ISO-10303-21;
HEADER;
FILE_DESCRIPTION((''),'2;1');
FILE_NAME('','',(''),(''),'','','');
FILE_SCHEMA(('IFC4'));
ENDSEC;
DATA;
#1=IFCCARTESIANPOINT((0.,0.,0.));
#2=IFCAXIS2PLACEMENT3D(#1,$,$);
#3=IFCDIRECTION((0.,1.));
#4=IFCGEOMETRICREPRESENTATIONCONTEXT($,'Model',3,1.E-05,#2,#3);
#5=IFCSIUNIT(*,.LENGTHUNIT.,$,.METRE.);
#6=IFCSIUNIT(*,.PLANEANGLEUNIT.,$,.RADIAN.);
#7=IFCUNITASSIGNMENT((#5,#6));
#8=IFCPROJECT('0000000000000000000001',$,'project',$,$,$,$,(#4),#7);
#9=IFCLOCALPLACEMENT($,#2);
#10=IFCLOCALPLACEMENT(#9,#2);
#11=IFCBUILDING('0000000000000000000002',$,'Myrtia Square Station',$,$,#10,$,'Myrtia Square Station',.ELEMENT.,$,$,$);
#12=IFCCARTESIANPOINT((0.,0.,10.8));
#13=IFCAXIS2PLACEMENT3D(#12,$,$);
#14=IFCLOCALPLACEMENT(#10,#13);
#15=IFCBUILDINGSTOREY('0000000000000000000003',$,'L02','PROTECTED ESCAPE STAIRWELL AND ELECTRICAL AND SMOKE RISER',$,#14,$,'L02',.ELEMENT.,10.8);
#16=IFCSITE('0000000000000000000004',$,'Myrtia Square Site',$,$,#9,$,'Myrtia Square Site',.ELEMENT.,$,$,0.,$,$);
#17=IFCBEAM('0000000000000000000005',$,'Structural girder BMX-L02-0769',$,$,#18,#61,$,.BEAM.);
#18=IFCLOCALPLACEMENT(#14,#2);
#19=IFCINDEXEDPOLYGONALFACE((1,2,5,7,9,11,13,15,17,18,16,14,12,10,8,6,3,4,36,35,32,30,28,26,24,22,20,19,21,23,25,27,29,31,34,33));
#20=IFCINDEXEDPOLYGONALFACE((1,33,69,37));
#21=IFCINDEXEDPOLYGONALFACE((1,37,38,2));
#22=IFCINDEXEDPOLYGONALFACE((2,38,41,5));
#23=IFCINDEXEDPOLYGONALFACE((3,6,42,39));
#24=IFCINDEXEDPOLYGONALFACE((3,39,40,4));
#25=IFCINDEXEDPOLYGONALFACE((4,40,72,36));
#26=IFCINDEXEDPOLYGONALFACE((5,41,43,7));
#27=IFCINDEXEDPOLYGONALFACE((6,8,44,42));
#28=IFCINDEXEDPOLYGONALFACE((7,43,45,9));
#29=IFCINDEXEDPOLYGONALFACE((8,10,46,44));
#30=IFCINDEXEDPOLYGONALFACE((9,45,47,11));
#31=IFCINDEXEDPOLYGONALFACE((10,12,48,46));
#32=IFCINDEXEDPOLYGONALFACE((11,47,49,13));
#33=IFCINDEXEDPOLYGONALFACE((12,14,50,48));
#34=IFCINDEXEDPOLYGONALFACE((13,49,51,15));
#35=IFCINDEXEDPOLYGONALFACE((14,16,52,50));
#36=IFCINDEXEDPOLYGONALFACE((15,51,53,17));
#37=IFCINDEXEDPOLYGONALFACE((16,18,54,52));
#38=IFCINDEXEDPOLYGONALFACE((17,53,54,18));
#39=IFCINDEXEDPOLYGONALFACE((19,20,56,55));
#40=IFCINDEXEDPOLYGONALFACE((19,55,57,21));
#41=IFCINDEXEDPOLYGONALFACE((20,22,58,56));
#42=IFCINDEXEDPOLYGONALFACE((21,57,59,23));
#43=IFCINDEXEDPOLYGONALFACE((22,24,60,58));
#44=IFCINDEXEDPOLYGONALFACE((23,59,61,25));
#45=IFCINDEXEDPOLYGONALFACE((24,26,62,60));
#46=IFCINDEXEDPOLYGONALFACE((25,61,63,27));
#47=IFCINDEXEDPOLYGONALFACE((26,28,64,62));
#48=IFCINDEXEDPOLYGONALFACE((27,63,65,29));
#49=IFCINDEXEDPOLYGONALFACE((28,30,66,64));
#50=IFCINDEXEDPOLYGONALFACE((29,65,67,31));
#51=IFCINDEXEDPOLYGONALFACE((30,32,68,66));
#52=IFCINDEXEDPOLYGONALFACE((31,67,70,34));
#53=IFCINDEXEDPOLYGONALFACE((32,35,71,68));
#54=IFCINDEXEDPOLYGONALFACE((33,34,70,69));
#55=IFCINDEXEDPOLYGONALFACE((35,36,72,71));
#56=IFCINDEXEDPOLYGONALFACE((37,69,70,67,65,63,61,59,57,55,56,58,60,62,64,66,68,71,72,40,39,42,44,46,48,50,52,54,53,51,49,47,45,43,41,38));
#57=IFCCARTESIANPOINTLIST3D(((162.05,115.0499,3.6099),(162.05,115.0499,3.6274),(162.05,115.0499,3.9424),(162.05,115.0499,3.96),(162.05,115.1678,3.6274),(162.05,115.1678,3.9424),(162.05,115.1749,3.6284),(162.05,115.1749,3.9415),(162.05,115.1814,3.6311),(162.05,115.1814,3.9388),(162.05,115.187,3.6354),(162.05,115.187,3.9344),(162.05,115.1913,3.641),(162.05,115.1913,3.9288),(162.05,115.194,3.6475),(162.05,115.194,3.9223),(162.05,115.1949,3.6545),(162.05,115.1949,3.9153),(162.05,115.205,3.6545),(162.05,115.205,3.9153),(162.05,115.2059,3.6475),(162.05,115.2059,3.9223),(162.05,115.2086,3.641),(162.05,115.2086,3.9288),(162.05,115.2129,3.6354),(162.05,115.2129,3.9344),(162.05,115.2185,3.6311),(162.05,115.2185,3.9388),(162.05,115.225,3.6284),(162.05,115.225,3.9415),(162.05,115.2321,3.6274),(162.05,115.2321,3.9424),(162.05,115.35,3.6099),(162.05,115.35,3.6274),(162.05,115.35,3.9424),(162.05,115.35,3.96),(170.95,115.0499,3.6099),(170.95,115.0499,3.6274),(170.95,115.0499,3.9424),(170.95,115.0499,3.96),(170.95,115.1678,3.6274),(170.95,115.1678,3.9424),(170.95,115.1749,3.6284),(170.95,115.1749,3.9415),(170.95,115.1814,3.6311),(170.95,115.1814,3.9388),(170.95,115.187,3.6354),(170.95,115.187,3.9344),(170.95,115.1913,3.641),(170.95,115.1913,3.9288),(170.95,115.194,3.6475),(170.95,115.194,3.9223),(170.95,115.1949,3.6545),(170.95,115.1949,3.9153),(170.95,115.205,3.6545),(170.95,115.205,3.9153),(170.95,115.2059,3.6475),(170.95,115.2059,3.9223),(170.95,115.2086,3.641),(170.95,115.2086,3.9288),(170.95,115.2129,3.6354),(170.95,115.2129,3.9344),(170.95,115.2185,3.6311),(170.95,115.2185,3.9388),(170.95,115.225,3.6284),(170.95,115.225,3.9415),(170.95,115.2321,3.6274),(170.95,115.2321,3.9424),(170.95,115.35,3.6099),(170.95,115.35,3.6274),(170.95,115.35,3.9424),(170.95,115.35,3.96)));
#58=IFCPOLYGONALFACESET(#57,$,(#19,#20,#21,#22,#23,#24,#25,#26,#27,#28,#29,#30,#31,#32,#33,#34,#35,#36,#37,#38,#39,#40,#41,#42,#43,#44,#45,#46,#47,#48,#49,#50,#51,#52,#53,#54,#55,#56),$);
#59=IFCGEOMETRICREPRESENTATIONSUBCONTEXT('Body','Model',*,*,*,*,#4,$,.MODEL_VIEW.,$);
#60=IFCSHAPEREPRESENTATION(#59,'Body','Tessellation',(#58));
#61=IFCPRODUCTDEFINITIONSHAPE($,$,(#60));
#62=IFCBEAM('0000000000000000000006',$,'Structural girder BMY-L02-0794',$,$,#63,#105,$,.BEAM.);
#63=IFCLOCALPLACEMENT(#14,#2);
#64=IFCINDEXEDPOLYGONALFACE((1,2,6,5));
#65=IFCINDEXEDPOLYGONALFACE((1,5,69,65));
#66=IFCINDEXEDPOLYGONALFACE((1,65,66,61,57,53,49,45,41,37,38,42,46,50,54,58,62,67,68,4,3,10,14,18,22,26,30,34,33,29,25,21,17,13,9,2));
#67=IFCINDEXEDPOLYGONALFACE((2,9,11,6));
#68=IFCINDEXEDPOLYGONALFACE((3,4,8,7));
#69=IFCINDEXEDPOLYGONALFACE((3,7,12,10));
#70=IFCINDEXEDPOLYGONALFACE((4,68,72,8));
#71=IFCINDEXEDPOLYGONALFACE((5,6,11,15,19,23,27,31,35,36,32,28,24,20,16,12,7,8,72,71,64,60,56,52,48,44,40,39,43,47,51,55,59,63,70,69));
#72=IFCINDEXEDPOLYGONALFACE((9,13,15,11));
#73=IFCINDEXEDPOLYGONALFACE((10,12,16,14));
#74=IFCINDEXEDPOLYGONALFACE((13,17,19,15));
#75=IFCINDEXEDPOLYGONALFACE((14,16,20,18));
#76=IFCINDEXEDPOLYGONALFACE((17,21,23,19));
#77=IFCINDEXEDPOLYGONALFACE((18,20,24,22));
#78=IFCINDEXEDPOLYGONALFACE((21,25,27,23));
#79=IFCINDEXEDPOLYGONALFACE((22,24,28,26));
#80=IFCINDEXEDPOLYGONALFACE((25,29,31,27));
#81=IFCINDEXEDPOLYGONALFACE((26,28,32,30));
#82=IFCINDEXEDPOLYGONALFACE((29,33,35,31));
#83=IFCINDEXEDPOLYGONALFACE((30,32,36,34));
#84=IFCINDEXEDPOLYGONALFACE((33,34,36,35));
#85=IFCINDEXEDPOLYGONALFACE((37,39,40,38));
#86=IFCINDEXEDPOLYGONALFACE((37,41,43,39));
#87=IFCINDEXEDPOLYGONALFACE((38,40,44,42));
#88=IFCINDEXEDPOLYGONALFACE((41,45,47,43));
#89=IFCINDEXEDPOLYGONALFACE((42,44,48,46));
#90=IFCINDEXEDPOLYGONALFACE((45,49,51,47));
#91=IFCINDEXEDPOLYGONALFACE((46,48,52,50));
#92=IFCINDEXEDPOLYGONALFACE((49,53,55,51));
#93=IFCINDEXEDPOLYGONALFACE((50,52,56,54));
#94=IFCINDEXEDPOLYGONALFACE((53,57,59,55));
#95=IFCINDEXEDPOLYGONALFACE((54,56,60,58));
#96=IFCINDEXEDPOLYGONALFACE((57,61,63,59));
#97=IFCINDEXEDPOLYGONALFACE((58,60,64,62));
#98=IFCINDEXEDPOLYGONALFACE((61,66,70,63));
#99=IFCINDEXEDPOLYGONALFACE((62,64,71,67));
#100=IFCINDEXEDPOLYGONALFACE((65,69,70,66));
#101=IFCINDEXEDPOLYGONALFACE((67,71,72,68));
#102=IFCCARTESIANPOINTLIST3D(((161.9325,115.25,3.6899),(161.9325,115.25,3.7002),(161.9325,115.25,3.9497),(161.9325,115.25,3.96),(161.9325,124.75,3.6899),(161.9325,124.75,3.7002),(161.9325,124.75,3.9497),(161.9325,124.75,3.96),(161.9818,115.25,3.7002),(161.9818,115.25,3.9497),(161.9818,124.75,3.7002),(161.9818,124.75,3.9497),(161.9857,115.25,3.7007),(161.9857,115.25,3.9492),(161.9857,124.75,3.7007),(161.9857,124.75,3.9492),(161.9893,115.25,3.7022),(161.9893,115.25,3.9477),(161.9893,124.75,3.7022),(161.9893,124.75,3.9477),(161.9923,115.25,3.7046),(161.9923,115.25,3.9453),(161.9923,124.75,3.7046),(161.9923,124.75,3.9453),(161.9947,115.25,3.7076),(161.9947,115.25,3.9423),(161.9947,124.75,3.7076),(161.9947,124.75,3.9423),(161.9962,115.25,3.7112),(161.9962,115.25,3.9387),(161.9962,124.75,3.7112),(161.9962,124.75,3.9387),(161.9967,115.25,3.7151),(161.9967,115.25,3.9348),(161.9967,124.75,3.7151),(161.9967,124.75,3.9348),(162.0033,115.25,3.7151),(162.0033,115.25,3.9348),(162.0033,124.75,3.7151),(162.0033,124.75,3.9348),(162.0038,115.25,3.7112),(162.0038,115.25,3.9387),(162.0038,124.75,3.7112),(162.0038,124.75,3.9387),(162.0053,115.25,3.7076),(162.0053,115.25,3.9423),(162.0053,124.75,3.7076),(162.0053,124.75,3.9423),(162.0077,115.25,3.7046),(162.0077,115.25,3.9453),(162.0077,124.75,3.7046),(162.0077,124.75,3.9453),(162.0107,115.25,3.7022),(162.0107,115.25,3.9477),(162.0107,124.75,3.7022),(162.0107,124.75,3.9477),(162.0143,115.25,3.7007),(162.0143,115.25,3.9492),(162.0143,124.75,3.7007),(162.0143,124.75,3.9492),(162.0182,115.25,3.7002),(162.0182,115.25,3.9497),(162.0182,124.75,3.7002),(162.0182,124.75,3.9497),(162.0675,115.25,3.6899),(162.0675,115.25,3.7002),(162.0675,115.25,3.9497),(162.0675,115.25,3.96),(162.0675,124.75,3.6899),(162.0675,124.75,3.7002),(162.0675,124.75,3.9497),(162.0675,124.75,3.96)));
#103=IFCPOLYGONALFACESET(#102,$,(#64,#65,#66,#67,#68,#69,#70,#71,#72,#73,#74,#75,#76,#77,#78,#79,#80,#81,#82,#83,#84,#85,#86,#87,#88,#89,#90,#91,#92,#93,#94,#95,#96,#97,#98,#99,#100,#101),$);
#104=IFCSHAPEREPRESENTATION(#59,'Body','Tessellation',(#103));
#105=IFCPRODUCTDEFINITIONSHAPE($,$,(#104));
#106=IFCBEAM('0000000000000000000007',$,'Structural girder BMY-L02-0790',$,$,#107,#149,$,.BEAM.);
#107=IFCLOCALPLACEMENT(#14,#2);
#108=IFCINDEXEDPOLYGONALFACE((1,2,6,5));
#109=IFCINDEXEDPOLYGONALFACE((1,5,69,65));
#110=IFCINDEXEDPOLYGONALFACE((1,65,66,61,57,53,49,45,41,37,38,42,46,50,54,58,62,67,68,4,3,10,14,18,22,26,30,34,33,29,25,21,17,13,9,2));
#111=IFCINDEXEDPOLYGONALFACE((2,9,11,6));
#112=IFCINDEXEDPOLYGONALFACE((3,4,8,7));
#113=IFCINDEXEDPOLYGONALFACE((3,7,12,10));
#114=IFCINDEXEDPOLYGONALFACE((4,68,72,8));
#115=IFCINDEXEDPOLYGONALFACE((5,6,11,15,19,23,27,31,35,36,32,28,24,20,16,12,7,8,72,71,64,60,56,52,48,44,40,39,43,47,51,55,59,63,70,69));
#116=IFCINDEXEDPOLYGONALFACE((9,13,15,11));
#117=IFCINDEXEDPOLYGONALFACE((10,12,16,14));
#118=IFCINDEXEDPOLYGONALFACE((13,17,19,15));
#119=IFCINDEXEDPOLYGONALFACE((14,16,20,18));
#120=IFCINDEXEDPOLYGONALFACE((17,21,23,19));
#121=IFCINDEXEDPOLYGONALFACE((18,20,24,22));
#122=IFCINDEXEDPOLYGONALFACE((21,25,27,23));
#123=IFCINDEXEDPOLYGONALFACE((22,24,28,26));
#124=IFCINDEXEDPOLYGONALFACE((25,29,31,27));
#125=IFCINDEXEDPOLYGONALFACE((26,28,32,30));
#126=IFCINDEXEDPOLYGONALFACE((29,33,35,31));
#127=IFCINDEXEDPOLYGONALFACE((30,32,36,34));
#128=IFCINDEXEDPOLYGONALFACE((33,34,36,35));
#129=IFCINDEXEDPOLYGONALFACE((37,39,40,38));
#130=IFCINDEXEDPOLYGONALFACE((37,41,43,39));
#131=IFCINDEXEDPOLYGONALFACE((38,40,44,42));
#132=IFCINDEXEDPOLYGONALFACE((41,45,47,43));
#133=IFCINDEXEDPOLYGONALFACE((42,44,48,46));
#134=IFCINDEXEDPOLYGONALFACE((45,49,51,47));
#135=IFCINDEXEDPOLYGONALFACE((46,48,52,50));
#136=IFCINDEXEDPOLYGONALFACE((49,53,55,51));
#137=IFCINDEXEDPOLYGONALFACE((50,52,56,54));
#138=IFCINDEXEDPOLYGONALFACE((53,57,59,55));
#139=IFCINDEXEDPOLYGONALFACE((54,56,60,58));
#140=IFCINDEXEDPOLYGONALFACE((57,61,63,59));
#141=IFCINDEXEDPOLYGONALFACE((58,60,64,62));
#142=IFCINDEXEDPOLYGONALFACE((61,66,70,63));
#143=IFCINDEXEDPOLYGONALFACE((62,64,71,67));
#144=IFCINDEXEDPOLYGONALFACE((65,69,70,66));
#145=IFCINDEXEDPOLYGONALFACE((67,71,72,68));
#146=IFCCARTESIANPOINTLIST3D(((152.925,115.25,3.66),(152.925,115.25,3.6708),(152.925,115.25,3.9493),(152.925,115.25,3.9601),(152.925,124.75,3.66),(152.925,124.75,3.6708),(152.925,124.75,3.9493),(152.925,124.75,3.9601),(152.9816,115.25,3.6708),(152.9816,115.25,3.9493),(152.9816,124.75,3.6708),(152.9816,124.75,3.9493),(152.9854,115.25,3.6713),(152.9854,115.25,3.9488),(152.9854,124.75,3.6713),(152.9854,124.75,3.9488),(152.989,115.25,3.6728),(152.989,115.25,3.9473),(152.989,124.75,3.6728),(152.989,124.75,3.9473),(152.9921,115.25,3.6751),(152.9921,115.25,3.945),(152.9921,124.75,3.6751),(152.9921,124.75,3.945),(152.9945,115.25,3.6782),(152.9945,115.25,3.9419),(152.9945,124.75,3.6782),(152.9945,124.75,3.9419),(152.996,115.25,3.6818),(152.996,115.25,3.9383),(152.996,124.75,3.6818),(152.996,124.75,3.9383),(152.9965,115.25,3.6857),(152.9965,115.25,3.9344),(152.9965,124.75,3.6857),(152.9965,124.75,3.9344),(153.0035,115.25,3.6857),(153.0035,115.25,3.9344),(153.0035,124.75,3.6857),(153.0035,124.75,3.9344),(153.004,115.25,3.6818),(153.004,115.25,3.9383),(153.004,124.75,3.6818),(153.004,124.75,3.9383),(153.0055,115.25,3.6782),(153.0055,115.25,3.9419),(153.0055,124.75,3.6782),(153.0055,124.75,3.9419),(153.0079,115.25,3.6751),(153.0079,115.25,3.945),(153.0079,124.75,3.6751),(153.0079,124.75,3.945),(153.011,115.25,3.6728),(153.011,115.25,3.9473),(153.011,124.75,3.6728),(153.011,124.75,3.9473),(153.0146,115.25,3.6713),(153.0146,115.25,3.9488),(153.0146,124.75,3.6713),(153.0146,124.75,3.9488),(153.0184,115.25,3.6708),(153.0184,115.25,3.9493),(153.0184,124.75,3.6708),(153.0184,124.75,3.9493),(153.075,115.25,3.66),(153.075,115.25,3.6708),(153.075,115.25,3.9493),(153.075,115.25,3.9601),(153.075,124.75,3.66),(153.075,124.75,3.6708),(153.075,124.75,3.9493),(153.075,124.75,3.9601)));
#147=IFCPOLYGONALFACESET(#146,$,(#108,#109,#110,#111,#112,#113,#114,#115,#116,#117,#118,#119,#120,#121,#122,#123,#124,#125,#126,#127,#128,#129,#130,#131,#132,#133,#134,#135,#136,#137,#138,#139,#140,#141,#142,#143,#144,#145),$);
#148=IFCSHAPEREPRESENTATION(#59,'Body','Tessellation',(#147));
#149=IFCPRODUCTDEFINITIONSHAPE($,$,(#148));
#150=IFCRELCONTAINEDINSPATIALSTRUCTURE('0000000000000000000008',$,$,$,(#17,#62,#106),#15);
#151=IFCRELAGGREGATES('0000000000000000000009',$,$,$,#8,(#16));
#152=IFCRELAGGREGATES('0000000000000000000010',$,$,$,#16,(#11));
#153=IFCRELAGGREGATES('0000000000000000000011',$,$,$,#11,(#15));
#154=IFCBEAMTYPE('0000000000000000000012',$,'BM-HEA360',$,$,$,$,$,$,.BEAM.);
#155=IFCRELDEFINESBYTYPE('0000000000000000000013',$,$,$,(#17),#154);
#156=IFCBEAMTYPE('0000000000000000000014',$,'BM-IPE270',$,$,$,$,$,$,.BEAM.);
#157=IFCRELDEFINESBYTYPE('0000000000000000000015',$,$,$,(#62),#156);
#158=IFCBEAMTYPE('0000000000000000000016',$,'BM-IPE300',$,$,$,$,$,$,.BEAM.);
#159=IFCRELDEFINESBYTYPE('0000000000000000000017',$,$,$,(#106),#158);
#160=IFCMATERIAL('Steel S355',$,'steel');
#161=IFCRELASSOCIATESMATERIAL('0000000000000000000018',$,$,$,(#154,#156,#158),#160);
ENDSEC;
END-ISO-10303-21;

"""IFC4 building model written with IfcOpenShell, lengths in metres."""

from ifc_helpers import new_model, si_unit, direction, frame, origin, origin_2d, place, context, subcontext, project, spatial, i_section, extrude, material, material_profile, profile_set, type_object, element, save


model = new_model("IFC4")

# Units and contexts
model_context = context("Model", 3, precision=1e-05, world=origin(), true_north=direction((0.0, 1.0)))
body_context = subcontext(model_context, "Body", "Model", "MODEL_VIEW")
ifc_project = project(units=[si_unit("LENGTHUNIT", "METRE"), si_unit("PLANEANGLEUNIT", "RADIAN")], contexts=[model_context])

# Site, building, storey
site_placement = place(None, origin())
site = spatial("IfcSite", under=ifc_project, at=site_placement, Name="Myrtia Square Site", LongName="Myrtia Square Site", CompositionType="ELEMENT", RefElevation=0.0)
building_placement = place(site_placement, origin())
building = spatial("IfcBuilding", under=site, at=building_placement, Name="Myrtia Square Station", LongName="Myrtia Square Station", CompositionType="ELEMENT")
storey_placement = place(building_placement, frame((0.0, 0.0, 10.8)))
storey = spatial("IfcBuildingStorey", under=building, at=storey_placement, Name="L02", Description="PROTECTED ESCAPE STAIRWELL AND ELECTRICAL AND SMOKE RISER", LongName="L02", CompositionType="ELEMENT", Elevation=10.8)

# Shared definitions
ifc_material_1 = material(Name="Steel S355", Category="steel")

# Beams
ifc_material_profile_1 = material_profile(ifc_material_1, i_section(OverallWidth=0.3, OverallDepth=0.3501, WebThickness=0.01, FlangeThickness=0.0176, FilletRadius=0.0271, at=origin_2d()), Name="HEA 360")
ifc_profile_set_1 = profile_set([ifc_material_profile_1], Name="Steel S355")
beam_type_1 = type_object("IfcBeamType", Name="BM-HEA360", PredefinedType="BEAM", material=ifc_profile_set_1)
for number, where, z_axis, x_axis, name in (
    (1, (162.05, 115.2, 3.7849), (1.0, 0.0, 0.0), (0.0, 1.0, 0.0), "Structural girder BMX-L02-0769"),
):
    element("IfcBeam", number, at=place(storey_placement, frame(where, z_axis=z_axis, x_axis=x_axis)), inside=storey, type_object=beam_type_1, Name=name, PredefinedType="BEAM", context=body_context, shape_type="SweptSolid", body=[
        extrude(i_section(OverallWidth=0.3, OverallDepth=0.3501, WebThickness=0.01, FlangeThickness=0.0176, FilletRadius=0.0271, at=origin_2d()), origin(), (0.0, 0.0, 1.0), 8.8999),
    ])
ifc_material_profile_2 = material_profile(ifc_material_1, i_section(OverallWidth=0.135, OverallDepth=0.27, WebThickness=0.0066, FlangeThickness=0.0103, FilletRadius=0.0149, at=origin_2d()), Name="IPE 270")
ifc_profile_set_2 = profile_set([ifc_material_profile_2], Name="Steel S355")
beam_type_2 = type_object("IfcBeamType", Name="BM-IPE270", PredefinedType="BEAM", material=ifc_profile_set_2)
beam_1_placement = place(storey_placement, frame((162.0, 115.25, 3.825), z_axis=(0.0, 1.0, 0.0), x_axis=(-1.0, 0.0, 0.0)))
element("IfcBeam", 2, at=beam_1_placement, inside=storey, type_object=beam_type_2, Name="Structural girder BMY-L02-0794", PredefinedType="BEAM", context=body_context, shape_type="SweptSolid", body=[
    extrude(i_section(OverallWidth=0.135, OverallDepth=0.27, WebThickness=0.0066, FlangeThickness=0.0103, FilletRadius=0.0149, at=origin_2d()), origin(), (0.0, 0.0, 1.0), 9.5),
])
ifc_material_profile_3 = material_profile(ifc_material_1, i_section(OverallWidth=0.1499, OverallDepth=0.3, WebThickness=0.0071, FlangeThickness=0.0107, FilletRadius=0.0149, at=origin_2d()), Name="IPE 300")
ifc_profile_set_3 = profile_set([ifc_material_profile_3], Name="Steel S355")
beam_type_3 = type_object("IfcBeamType", Name="BM-IPE300", PredefinedType="BEAM", material=ifc_profile_set_3)
beam_2_placement = place(storey_placement, frame((153.0, 115.25, 3.8101), z_axis=(0.0, 1.0, 0.0), x_axis=(-1.0, 0.0, 0.0)))
element("IfcBeam", 3, at=beam_2_placement, inside=storey, type_object=beam_type_3, Name="Structural girder BMY-L02-0790", PredefinedType="BEAM", context=body_context, shape_type="SweptSolid", body=[
    extrude(i_section(OverallWidth=0.1499, OverallDepth=0.3, WebThickness=0.0071, FlangeThickness=0.0107, FilletRadius=0.0149, at=origin_2d()), origin(), (0.0, 0.0, 1.0), 9.5),
])

save(model, "model.ifc")
